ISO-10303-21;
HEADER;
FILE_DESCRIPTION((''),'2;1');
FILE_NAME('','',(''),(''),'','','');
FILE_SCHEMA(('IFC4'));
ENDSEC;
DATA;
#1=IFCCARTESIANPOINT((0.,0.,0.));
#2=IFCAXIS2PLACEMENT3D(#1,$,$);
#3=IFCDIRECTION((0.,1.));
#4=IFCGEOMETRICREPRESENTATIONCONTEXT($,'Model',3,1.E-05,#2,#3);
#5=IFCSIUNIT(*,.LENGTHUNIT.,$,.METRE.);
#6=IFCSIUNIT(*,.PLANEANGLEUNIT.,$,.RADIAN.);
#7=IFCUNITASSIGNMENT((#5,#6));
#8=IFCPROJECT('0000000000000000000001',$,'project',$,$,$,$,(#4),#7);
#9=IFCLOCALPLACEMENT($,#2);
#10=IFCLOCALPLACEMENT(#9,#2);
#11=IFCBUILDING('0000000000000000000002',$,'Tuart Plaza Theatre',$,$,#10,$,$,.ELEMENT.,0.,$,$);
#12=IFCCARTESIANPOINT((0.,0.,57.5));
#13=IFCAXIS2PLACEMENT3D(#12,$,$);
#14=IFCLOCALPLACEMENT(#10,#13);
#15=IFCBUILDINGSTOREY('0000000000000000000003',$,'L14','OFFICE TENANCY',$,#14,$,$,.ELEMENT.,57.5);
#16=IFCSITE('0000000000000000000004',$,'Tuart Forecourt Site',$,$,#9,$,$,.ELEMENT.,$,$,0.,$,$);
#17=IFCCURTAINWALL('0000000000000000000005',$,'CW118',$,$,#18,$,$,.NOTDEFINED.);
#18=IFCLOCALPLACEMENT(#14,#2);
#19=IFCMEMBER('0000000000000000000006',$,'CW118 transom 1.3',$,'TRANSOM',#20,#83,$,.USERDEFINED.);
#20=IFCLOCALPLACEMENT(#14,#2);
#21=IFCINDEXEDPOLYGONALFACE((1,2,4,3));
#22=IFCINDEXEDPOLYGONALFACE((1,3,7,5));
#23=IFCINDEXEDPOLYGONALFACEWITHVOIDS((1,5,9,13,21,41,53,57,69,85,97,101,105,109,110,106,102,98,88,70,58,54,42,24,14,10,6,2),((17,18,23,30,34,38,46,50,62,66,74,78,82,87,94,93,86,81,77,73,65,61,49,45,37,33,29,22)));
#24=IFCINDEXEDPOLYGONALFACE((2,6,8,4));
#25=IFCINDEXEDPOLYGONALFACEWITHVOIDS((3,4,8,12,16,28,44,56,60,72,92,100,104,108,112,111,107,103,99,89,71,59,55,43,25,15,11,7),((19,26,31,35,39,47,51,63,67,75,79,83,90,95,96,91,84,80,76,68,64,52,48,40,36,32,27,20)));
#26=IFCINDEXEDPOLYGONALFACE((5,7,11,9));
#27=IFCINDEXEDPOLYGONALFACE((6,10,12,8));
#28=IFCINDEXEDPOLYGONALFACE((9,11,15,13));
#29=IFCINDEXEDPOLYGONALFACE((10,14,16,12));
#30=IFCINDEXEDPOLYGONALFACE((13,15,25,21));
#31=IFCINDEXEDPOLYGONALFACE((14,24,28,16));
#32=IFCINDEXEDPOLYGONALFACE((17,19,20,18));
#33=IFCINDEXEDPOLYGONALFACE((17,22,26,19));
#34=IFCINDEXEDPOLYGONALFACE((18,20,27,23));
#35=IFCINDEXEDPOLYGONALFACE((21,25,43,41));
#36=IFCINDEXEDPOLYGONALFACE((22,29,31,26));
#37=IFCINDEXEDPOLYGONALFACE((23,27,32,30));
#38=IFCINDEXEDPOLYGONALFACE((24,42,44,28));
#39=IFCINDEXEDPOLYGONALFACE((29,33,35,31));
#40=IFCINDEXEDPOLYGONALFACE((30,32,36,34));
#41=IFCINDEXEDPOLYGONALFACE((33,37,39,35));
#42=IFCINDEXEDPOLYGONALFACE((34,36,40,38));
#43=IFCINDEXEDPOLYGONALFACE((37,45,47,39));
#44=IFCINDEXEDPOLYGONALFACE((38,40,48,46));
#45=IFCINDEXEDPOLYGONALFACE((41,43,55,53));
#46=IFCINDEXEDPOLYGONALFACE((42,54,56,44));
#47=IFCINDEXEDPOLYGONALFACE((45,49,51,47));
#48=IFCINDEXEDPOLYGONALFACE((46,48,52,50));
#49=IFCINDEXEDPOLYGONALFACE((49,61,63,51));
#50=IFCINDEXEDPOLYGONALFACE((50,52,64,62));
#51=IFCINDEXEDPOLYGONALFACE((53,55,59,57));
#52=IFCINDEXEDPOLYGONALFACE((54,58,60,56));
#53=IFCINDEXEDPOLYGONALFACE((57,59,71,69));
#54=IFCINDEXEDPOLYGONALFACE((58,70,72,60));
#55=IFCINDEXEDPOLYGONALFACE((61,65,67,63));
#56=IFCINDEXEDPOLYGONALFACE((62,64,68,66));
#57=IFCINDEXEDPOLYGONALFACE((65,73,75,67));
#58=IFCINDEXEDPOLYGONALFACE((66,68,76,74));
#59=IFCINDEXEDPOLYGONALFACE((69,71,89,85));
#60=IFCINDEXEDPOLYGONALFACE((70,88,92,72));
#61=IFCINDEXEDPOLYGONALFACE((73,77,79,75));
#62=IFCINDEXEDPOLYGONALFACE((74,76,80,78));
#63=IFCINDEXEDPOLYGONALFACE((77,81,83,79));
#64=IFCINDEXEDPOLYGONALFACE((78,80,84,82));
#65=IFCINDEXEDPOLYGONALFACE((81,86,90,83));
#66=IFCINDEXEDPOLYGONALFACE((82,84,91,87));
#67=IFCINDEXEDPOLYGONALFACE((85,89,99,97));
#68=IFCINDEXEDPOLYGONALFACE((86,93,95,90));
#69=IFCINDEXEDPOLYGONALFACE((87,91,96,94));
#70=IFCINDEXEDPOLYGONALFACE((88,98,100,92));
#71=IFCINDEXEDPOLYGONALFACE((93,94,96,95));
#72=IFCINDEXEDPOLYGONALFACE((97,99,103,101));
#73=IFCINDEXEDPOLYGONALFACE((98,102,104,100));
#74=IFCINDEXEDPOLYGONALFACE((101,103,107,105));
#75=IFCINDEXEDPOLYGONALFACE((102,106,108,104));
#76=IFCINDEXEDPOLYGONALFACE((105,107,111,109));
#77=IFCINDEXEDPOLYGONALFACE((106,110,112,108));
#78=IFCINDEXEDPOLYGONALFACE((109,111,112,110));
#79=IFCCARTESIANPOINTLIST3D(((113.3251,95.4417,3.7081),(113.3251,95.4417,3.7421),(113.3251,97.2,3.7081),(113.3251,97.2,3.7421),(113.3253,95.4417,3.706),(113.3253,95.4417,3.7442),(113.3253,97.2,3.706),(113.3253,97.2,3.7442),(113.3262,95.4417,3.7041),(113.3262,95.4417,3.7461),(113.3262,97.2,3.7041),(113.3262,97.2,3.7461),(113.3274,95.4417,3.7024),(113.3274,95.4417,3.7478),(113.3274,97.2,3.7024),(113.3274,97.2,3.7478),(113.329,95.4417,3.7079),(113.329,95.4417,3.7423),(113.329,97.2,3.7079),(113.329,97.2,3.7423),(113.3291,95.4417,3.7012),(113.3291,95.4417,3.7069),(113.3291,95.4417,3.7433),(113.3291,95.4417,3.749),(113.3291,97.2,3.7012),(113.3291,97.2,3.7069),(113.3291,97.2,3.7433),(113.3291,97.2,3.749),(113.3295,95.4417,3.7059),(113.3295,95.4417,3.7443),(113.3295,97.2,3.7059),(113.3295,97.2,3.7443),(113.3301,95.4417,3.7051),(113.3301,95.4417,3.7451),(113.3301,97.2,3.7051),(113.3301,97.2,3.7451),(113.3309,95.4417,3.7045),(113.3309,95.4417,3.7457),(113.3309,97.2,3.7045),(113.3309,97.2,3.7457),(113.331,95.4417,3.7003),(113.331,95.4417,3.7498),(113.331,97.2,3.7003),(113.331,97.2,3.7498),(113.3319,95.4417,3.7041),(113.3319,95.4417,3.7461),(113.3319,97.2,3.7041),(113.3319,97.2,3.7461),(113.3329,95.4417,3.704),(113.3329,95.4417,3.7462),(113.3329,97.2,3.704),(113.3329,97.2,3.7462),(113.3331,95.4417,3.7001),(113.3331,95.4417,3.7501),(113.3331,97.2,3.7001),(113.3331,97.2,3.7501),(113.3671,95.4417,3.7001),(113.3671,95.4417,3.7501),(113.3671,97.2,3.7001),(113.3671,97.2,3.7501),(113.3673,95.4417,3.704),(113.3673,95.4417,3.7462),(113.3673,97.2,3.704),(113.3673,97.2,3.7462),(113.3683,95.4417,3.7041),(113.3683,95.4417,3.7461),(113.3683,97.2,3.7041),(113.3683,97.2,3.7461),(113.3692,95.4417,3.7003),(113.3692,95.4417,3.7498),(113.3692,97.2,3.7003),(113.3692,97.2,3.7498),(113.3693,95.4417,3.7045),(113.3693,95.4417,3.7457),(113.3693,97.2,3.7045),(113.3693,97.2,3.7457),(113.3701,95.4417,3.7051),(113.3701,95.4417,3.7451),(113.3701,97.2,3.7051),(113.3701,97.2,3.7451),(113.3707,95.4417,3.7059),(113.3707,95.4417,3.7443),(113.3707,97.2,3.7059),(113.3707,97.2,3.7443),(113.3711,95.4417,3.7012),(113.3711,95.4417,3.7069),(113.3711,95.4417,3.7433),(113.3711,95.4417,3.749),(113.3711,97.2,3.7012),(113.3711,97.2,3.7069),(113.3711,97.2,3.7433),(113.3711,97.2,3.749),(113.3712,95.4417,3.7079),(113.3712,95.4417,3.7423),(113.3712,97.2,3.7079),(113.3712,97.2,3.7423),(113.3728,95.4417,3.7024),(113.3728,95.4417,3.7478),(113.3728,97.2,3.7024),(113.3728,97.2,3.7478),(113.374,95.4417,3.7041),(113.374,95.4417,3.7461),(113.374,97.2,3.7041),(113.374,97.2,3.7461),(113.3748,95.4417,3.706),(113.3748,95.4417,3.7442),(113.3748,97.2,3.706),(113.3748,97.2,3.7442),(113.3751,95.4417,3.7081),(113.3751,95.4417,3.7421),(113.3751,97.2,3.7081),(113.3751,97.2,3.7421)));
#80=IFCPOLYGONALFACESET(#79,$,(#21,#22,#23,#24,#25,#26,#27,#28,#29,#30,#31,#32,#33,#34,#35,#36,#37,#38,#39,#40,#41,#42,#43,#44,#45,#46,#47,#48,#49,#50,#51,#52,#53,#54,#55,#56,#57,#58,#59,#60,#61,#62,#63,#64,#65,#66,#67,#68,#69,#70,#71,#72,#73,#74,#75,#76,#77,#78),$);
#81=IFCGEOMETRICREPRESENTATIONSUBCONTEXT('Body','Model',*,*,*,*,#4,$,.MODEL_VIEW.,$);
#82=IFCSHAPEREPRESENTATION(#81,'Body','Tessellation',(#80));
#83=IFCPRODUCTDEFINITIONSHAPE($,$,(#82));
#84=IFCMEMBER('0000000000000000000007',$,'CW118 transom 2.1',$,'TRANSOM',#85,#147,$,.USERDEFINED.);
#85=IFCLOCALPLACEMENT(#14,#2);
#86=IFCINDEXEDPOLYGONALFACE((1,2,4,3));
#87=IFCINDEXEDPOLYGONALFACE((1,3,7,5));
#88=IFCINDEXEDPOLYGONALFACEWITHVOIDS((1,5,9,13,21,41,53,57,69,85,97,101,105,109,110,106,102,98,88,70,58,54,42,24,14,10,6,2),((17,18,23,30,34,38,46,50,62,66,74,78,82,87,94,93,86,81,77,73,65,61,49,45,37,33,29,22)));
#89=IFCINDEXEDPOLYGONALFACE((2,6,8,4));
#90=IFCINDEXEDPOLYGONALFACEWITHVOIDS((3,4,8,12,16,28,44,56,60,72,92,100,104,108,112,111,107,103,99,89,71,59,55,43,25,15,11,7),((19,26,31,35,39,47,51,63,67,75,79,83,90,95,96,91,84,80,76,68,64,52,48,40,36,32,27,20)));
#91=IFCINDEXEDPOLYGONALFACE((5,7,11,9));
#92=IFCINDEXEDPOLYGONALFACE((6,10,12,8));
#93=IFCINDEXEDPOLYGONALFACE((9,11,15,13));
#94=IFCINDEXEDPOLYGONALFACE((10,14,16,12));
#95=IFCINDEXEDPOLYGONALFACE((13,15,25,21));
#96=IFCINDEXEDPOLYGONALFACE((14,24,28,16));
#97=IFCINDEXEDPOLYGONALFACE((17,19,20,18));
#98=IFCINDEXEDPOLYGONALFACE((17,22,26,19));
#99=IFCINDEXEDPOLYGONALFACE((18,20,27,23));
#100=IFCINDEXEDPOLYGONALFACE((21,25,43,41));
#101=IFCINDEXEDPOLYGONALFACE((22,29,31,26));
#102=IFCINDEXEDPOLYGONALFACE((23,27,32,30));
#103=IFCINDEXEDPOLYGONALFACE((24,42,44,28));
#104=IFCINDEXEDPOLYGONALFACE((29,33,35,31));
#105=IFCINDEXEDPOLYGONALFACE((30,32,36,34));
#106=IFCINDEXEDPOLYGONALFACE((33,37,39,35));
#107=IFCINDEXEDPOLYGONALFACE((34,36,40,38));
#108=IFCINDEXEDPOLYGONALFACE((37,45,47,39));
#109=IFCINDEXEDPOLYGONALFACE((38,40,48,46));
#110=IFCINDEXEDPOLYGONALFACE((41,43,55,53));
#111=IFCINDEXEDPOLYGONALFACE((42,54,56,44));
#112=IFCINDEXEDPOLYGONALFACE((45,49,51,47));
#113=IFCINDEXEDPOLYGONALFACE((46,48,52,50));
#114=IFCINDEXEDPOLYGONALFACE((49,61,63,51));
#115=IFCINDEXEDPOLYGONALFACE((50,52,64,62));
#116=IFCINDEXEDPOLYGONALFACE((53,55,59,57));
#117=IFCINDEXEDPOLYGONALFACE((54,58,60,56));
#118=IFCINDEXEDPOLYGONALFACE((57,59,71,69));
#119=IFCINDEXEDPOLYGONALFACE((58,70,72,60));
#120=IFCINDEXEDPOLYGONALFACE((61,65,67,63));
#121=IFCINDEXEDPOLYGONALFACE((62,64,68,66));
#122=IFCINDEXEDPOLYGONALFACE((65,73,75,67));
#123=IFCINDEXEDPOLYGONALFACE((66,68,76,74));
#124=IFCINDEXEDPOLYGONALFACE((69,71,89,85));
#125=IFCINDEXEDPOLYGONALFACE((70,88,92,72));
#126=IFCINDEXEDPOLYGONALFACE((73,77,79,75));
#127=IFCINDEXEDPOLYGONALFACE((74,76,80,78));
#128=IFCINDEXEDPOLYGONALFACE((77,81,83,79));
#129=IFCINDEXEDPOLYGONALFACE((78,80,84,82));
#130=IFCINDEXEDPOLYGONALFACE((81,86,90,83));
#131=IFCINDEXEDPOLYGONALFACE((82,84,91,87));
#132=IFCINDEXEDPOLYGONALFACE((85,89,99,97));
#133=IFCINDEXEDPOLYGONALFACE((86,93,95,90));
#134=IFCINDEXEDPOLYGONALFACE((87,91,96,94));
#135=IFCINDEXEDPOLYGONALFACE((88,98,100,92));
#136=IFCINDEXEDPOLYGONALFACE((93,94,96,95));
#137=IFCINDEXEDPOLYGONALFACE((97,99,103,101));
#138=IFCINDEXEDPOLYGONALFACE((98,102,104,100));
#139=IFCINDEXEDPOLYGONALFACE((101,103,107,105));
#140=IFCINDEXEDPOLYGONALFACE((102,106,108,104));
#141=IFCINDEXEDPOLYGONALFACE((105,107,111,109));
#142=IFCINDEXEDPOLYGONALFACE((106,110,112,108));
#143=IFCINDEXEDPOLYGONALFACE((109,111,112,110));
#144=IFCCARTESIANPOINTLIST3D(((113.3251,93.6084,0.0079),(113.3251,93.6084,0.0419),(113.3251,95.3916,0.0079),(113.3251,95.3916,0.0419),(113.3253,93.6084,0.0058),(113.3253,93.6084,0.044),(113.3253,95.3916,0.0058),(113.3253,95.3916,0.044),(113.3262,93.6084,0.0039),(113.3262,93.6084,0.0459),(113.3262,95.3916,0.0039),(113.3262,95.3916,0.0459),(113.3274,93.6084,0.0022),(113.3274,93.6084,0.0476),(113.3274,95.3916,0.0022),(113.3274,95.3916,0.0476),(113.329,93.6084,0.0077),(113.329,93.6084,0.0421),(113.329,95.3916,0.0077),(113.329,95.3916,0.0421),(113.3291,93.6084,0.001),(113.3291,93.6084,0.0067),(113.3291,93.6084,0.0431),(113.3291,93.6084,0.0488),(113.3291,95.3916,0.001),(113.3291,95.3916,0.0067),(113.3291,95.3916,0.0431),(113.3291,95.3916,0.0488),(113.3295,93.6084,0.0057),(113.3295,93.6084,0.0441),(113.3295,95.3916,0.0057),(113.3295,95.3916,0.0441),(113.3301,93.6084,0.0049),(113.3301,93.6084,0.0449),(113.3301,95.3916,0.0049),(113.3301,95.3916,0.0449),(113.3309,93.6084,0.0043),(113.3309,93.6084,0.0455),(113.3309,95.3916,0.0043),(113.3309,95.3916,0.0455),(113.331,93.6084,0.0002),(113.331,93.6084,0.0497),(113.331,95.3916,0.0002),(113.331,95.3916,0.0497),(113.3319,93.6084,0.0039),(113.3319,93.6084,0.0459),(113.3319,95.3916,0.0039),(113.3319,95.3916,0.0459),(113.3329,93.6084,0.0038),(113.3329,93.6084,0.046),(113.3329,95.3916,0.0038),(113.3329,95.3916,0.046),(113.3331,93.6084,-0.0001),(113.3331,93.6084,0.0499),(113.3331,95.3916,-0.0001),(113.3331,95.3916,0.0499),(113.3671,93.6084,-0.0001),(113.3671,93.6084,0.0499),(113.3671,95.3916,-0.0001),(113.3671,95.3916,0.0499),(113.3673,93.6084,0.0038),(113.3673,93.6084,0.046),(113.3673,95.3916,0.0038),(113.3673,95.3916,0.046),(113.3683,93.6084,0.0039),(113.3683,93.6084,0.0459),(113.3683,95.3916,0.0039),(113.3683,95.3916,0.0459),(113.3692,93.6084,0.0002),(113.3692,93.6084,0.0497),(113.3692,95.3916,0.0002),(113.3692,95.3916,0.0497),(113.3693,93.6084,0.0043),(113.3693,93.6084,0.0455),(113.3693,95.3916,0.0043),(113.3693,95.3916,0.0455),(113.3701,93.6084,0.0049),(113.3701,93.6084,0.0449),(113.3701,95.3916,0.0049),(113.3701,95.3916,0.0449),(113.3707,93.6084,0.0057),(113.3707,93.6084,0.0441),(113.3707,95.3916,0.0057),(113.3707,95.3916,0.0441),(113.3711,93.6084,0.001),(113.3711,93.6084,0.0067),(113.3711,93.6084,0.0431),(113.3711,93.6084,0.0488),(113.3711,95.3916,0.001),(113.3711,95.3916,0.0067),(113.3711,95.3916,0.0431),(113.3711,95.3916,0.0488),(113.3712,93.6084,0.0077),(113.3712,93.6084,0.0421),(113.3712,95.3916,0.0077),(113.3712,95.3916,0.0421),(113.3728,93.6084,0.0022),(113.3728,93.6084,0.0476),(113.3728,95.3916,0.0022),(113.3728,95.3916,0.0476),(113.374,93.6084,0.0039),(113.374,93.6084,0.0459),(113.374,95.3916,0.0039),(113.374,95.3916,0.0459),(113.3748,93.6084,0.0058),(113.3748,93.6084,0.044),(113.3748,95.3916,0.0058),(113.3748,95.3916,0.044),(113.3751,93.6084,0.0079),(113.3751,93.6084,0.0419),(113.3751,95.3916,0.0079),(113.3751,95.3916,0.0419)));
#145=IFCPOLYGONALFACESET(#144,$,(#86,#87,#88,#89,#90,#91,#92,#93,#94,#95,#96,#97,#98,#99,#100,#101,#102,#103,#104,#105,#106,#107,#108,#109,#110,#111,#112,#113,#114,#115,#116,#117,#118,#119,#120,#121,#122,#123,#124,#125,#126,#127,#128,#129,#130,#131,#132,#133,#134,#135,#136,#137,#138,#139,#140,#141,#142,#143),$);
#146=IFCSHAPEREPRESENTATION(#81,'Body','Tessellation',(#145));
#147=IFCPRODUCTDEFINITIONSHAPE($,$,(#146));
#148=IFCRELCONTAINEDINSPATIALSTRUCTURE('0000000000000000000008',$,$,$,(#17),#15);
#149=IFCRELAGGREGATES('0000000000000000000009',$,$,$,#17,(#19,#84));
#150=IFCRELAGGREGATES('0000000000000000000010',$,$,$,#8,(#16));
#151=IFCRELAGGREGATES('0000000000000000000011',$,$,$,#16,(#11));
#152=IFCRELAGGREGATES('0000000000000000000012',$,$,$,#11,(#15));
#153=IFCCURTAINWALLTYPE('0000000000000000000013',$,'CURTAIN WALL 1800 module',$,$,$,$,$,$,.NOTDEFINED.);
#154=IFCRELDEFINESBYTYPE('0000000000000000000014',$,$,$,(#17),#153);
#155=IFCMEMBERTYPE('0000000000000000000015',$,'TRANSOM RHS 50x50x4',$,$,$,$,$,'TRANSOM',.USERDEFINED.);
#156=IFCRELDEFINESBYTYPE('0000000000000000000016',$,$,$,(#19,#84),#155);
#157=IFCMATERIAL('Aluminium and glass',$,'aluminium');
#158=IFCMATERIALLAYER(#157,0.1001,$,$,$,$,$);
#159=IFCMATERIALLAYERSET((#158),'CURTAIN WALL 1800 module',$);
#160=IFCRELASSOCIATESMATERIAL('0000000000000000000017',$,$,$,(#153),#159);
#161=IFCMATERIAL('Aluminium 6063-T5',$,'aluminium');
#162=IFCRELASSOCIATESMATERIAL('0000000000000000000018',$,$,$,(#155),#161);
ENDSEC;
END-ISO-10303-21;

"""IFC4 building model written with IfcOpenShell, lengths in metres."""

from ifc_helpers import new_model, si_unit, direction, frame, origin, origin_2d, place, context, subcontext, project, spatial, hollow_rectangle, extrude, material, layer, layer_set, material_profile, profile_set, type_object, element, aggregate, save


model = new_model("IFC4")

# Units and contexts
model_context = context("Model", 3, precision=1e-05, world=origin(), true_north=direction((0.0, 1.0)))
body_context = subcontext(model_context, "Body", "Model", "MODEL_VIEW")
ifc_project = project(units=[si_unit("LENGTHUNIT", "METRE"), si_unit("PLANEANGLEUNIT", "RADIAN")], contexts=[model_context])

# Site, building, storey
site_placement = place(None, origin())
site = spatial("IfcSite", under=ifc_project, at=site_placement, Name="Tuart Forecourt Site", CompositionType="ELEMENT", RefElevation=0.0)
building_placement = place(site_placement, origin())
building = spatial("IfcBuilding", under=site, at=building_placement, Name="Tuart Plaza Theatre", CompositionType="ELEMENT", ElevationOfRefHeight=0.0)
storey_placement = place(building_placement, frame((0.0, 0.0, 57.5)))
storey = spatial("IfcBuildingStorey", under=building, at=storey_placement, Name="L14", Description="OFFICE TENANCY", CompositionType="ELEMENT", Elevation=57.5)

# Curtain wall, members
ifc_material_1 = material(Name="Aluminium and glass", Category="aluminium")
ifc_layer_1 = layer(ifc_material_1, 0.1001)
ifc_layer_set_1 = layer_set([ifc_layer_1], Name="CURTAIN WALL 1800 module")
curtain_wall_type = type_object("IfcCurtainWallType", Name="CURTAIN WALL 1800 module", PredefinedType="NOTDEFINED", material=ifc_layer_set_1)
curtain_wall_placement = place(storey_placement, origin())
curtain_wall = element("IfcCurtainWall", 1, at=curtain_wall_placement, inside=storey, type_object=curtain_wall_type, Name="CW118", PredefinedType="NOTDEFINED")
ifc_material_2 = material(Name="Aluminium 6063-T5", Category="aluminium")
ifc_material_profile_1 = material_profile(ifc_material_2, hollow_rectangle(XDim=0.05, YDim=0.05, WallThickness=0.0039, InnerFilletRadius=0.0039, OuterFilletRadius=0.0081, at=origin_2d()), Name="RHS 50x50x4")
ifc_profile_set_1 = profile_set([ifc_material_profile_1], Name="Aluminium 6063-T5")
member_type_1 = type_object("IfcMemberType", Name="TRANSOM RHS 50x50x4", ElementType="TRANSOM", PredefinedType="USERDEFINED", material=ifc_profile_set_1)
member_1_placement = place(storey_placement, frame((113.3501, 97.2, 3.7251), z_axis=(0.0, -1.0, 0.0), x_axis=(1.0, 0.0, 0.0)))
member_1 = element("IfcMember", 2, at=member_1_placement, type_object=member_type_1, Name="CW118 transom 1.3", ObjectType="TRANSOM", PredefinedType="USERDEFINED", context=body_context, shape_type="SweptSolid", body=[
    extrude(hollow_rectangle(XDim=0.05, YDim=0.05, WallThickness=0.0039, InnerFilletRadius=0.0039, OuterFilletRadius=0.0081, at=origin_2d()), origin(), (0.0, 0.0, 1.0), 1.7583),
])
member_2_placement = place(storey_placement, frame((113.3501, 95.3916, 0.0249), z_axis=(0.0, -1.0, 0.0), x_axis=(1.0, 0.0, 0.0)))
member_2 = element("IfcMember", 3, at=member_2_placement, type_object=member_type_1, Name="CW118 transom 2.1", ObjectType="TRANSOM", PredefinedType="USERDEFINED", context=body_context, shape_type="SweptSolid", body=[
    extrude(hollow_rectangle(XDim=0.05, YDim=0.05, WallThickness=0.0039, InnerFilletRadius=0.0039, OuterFilletRadius=0.0081, at=origin_2d()), origin(), (0.0, 0.0, 1.0), 1.7832),
])
aggregate(curtain_wall, [member_1, member_2])

save(model, "model.ifc")
